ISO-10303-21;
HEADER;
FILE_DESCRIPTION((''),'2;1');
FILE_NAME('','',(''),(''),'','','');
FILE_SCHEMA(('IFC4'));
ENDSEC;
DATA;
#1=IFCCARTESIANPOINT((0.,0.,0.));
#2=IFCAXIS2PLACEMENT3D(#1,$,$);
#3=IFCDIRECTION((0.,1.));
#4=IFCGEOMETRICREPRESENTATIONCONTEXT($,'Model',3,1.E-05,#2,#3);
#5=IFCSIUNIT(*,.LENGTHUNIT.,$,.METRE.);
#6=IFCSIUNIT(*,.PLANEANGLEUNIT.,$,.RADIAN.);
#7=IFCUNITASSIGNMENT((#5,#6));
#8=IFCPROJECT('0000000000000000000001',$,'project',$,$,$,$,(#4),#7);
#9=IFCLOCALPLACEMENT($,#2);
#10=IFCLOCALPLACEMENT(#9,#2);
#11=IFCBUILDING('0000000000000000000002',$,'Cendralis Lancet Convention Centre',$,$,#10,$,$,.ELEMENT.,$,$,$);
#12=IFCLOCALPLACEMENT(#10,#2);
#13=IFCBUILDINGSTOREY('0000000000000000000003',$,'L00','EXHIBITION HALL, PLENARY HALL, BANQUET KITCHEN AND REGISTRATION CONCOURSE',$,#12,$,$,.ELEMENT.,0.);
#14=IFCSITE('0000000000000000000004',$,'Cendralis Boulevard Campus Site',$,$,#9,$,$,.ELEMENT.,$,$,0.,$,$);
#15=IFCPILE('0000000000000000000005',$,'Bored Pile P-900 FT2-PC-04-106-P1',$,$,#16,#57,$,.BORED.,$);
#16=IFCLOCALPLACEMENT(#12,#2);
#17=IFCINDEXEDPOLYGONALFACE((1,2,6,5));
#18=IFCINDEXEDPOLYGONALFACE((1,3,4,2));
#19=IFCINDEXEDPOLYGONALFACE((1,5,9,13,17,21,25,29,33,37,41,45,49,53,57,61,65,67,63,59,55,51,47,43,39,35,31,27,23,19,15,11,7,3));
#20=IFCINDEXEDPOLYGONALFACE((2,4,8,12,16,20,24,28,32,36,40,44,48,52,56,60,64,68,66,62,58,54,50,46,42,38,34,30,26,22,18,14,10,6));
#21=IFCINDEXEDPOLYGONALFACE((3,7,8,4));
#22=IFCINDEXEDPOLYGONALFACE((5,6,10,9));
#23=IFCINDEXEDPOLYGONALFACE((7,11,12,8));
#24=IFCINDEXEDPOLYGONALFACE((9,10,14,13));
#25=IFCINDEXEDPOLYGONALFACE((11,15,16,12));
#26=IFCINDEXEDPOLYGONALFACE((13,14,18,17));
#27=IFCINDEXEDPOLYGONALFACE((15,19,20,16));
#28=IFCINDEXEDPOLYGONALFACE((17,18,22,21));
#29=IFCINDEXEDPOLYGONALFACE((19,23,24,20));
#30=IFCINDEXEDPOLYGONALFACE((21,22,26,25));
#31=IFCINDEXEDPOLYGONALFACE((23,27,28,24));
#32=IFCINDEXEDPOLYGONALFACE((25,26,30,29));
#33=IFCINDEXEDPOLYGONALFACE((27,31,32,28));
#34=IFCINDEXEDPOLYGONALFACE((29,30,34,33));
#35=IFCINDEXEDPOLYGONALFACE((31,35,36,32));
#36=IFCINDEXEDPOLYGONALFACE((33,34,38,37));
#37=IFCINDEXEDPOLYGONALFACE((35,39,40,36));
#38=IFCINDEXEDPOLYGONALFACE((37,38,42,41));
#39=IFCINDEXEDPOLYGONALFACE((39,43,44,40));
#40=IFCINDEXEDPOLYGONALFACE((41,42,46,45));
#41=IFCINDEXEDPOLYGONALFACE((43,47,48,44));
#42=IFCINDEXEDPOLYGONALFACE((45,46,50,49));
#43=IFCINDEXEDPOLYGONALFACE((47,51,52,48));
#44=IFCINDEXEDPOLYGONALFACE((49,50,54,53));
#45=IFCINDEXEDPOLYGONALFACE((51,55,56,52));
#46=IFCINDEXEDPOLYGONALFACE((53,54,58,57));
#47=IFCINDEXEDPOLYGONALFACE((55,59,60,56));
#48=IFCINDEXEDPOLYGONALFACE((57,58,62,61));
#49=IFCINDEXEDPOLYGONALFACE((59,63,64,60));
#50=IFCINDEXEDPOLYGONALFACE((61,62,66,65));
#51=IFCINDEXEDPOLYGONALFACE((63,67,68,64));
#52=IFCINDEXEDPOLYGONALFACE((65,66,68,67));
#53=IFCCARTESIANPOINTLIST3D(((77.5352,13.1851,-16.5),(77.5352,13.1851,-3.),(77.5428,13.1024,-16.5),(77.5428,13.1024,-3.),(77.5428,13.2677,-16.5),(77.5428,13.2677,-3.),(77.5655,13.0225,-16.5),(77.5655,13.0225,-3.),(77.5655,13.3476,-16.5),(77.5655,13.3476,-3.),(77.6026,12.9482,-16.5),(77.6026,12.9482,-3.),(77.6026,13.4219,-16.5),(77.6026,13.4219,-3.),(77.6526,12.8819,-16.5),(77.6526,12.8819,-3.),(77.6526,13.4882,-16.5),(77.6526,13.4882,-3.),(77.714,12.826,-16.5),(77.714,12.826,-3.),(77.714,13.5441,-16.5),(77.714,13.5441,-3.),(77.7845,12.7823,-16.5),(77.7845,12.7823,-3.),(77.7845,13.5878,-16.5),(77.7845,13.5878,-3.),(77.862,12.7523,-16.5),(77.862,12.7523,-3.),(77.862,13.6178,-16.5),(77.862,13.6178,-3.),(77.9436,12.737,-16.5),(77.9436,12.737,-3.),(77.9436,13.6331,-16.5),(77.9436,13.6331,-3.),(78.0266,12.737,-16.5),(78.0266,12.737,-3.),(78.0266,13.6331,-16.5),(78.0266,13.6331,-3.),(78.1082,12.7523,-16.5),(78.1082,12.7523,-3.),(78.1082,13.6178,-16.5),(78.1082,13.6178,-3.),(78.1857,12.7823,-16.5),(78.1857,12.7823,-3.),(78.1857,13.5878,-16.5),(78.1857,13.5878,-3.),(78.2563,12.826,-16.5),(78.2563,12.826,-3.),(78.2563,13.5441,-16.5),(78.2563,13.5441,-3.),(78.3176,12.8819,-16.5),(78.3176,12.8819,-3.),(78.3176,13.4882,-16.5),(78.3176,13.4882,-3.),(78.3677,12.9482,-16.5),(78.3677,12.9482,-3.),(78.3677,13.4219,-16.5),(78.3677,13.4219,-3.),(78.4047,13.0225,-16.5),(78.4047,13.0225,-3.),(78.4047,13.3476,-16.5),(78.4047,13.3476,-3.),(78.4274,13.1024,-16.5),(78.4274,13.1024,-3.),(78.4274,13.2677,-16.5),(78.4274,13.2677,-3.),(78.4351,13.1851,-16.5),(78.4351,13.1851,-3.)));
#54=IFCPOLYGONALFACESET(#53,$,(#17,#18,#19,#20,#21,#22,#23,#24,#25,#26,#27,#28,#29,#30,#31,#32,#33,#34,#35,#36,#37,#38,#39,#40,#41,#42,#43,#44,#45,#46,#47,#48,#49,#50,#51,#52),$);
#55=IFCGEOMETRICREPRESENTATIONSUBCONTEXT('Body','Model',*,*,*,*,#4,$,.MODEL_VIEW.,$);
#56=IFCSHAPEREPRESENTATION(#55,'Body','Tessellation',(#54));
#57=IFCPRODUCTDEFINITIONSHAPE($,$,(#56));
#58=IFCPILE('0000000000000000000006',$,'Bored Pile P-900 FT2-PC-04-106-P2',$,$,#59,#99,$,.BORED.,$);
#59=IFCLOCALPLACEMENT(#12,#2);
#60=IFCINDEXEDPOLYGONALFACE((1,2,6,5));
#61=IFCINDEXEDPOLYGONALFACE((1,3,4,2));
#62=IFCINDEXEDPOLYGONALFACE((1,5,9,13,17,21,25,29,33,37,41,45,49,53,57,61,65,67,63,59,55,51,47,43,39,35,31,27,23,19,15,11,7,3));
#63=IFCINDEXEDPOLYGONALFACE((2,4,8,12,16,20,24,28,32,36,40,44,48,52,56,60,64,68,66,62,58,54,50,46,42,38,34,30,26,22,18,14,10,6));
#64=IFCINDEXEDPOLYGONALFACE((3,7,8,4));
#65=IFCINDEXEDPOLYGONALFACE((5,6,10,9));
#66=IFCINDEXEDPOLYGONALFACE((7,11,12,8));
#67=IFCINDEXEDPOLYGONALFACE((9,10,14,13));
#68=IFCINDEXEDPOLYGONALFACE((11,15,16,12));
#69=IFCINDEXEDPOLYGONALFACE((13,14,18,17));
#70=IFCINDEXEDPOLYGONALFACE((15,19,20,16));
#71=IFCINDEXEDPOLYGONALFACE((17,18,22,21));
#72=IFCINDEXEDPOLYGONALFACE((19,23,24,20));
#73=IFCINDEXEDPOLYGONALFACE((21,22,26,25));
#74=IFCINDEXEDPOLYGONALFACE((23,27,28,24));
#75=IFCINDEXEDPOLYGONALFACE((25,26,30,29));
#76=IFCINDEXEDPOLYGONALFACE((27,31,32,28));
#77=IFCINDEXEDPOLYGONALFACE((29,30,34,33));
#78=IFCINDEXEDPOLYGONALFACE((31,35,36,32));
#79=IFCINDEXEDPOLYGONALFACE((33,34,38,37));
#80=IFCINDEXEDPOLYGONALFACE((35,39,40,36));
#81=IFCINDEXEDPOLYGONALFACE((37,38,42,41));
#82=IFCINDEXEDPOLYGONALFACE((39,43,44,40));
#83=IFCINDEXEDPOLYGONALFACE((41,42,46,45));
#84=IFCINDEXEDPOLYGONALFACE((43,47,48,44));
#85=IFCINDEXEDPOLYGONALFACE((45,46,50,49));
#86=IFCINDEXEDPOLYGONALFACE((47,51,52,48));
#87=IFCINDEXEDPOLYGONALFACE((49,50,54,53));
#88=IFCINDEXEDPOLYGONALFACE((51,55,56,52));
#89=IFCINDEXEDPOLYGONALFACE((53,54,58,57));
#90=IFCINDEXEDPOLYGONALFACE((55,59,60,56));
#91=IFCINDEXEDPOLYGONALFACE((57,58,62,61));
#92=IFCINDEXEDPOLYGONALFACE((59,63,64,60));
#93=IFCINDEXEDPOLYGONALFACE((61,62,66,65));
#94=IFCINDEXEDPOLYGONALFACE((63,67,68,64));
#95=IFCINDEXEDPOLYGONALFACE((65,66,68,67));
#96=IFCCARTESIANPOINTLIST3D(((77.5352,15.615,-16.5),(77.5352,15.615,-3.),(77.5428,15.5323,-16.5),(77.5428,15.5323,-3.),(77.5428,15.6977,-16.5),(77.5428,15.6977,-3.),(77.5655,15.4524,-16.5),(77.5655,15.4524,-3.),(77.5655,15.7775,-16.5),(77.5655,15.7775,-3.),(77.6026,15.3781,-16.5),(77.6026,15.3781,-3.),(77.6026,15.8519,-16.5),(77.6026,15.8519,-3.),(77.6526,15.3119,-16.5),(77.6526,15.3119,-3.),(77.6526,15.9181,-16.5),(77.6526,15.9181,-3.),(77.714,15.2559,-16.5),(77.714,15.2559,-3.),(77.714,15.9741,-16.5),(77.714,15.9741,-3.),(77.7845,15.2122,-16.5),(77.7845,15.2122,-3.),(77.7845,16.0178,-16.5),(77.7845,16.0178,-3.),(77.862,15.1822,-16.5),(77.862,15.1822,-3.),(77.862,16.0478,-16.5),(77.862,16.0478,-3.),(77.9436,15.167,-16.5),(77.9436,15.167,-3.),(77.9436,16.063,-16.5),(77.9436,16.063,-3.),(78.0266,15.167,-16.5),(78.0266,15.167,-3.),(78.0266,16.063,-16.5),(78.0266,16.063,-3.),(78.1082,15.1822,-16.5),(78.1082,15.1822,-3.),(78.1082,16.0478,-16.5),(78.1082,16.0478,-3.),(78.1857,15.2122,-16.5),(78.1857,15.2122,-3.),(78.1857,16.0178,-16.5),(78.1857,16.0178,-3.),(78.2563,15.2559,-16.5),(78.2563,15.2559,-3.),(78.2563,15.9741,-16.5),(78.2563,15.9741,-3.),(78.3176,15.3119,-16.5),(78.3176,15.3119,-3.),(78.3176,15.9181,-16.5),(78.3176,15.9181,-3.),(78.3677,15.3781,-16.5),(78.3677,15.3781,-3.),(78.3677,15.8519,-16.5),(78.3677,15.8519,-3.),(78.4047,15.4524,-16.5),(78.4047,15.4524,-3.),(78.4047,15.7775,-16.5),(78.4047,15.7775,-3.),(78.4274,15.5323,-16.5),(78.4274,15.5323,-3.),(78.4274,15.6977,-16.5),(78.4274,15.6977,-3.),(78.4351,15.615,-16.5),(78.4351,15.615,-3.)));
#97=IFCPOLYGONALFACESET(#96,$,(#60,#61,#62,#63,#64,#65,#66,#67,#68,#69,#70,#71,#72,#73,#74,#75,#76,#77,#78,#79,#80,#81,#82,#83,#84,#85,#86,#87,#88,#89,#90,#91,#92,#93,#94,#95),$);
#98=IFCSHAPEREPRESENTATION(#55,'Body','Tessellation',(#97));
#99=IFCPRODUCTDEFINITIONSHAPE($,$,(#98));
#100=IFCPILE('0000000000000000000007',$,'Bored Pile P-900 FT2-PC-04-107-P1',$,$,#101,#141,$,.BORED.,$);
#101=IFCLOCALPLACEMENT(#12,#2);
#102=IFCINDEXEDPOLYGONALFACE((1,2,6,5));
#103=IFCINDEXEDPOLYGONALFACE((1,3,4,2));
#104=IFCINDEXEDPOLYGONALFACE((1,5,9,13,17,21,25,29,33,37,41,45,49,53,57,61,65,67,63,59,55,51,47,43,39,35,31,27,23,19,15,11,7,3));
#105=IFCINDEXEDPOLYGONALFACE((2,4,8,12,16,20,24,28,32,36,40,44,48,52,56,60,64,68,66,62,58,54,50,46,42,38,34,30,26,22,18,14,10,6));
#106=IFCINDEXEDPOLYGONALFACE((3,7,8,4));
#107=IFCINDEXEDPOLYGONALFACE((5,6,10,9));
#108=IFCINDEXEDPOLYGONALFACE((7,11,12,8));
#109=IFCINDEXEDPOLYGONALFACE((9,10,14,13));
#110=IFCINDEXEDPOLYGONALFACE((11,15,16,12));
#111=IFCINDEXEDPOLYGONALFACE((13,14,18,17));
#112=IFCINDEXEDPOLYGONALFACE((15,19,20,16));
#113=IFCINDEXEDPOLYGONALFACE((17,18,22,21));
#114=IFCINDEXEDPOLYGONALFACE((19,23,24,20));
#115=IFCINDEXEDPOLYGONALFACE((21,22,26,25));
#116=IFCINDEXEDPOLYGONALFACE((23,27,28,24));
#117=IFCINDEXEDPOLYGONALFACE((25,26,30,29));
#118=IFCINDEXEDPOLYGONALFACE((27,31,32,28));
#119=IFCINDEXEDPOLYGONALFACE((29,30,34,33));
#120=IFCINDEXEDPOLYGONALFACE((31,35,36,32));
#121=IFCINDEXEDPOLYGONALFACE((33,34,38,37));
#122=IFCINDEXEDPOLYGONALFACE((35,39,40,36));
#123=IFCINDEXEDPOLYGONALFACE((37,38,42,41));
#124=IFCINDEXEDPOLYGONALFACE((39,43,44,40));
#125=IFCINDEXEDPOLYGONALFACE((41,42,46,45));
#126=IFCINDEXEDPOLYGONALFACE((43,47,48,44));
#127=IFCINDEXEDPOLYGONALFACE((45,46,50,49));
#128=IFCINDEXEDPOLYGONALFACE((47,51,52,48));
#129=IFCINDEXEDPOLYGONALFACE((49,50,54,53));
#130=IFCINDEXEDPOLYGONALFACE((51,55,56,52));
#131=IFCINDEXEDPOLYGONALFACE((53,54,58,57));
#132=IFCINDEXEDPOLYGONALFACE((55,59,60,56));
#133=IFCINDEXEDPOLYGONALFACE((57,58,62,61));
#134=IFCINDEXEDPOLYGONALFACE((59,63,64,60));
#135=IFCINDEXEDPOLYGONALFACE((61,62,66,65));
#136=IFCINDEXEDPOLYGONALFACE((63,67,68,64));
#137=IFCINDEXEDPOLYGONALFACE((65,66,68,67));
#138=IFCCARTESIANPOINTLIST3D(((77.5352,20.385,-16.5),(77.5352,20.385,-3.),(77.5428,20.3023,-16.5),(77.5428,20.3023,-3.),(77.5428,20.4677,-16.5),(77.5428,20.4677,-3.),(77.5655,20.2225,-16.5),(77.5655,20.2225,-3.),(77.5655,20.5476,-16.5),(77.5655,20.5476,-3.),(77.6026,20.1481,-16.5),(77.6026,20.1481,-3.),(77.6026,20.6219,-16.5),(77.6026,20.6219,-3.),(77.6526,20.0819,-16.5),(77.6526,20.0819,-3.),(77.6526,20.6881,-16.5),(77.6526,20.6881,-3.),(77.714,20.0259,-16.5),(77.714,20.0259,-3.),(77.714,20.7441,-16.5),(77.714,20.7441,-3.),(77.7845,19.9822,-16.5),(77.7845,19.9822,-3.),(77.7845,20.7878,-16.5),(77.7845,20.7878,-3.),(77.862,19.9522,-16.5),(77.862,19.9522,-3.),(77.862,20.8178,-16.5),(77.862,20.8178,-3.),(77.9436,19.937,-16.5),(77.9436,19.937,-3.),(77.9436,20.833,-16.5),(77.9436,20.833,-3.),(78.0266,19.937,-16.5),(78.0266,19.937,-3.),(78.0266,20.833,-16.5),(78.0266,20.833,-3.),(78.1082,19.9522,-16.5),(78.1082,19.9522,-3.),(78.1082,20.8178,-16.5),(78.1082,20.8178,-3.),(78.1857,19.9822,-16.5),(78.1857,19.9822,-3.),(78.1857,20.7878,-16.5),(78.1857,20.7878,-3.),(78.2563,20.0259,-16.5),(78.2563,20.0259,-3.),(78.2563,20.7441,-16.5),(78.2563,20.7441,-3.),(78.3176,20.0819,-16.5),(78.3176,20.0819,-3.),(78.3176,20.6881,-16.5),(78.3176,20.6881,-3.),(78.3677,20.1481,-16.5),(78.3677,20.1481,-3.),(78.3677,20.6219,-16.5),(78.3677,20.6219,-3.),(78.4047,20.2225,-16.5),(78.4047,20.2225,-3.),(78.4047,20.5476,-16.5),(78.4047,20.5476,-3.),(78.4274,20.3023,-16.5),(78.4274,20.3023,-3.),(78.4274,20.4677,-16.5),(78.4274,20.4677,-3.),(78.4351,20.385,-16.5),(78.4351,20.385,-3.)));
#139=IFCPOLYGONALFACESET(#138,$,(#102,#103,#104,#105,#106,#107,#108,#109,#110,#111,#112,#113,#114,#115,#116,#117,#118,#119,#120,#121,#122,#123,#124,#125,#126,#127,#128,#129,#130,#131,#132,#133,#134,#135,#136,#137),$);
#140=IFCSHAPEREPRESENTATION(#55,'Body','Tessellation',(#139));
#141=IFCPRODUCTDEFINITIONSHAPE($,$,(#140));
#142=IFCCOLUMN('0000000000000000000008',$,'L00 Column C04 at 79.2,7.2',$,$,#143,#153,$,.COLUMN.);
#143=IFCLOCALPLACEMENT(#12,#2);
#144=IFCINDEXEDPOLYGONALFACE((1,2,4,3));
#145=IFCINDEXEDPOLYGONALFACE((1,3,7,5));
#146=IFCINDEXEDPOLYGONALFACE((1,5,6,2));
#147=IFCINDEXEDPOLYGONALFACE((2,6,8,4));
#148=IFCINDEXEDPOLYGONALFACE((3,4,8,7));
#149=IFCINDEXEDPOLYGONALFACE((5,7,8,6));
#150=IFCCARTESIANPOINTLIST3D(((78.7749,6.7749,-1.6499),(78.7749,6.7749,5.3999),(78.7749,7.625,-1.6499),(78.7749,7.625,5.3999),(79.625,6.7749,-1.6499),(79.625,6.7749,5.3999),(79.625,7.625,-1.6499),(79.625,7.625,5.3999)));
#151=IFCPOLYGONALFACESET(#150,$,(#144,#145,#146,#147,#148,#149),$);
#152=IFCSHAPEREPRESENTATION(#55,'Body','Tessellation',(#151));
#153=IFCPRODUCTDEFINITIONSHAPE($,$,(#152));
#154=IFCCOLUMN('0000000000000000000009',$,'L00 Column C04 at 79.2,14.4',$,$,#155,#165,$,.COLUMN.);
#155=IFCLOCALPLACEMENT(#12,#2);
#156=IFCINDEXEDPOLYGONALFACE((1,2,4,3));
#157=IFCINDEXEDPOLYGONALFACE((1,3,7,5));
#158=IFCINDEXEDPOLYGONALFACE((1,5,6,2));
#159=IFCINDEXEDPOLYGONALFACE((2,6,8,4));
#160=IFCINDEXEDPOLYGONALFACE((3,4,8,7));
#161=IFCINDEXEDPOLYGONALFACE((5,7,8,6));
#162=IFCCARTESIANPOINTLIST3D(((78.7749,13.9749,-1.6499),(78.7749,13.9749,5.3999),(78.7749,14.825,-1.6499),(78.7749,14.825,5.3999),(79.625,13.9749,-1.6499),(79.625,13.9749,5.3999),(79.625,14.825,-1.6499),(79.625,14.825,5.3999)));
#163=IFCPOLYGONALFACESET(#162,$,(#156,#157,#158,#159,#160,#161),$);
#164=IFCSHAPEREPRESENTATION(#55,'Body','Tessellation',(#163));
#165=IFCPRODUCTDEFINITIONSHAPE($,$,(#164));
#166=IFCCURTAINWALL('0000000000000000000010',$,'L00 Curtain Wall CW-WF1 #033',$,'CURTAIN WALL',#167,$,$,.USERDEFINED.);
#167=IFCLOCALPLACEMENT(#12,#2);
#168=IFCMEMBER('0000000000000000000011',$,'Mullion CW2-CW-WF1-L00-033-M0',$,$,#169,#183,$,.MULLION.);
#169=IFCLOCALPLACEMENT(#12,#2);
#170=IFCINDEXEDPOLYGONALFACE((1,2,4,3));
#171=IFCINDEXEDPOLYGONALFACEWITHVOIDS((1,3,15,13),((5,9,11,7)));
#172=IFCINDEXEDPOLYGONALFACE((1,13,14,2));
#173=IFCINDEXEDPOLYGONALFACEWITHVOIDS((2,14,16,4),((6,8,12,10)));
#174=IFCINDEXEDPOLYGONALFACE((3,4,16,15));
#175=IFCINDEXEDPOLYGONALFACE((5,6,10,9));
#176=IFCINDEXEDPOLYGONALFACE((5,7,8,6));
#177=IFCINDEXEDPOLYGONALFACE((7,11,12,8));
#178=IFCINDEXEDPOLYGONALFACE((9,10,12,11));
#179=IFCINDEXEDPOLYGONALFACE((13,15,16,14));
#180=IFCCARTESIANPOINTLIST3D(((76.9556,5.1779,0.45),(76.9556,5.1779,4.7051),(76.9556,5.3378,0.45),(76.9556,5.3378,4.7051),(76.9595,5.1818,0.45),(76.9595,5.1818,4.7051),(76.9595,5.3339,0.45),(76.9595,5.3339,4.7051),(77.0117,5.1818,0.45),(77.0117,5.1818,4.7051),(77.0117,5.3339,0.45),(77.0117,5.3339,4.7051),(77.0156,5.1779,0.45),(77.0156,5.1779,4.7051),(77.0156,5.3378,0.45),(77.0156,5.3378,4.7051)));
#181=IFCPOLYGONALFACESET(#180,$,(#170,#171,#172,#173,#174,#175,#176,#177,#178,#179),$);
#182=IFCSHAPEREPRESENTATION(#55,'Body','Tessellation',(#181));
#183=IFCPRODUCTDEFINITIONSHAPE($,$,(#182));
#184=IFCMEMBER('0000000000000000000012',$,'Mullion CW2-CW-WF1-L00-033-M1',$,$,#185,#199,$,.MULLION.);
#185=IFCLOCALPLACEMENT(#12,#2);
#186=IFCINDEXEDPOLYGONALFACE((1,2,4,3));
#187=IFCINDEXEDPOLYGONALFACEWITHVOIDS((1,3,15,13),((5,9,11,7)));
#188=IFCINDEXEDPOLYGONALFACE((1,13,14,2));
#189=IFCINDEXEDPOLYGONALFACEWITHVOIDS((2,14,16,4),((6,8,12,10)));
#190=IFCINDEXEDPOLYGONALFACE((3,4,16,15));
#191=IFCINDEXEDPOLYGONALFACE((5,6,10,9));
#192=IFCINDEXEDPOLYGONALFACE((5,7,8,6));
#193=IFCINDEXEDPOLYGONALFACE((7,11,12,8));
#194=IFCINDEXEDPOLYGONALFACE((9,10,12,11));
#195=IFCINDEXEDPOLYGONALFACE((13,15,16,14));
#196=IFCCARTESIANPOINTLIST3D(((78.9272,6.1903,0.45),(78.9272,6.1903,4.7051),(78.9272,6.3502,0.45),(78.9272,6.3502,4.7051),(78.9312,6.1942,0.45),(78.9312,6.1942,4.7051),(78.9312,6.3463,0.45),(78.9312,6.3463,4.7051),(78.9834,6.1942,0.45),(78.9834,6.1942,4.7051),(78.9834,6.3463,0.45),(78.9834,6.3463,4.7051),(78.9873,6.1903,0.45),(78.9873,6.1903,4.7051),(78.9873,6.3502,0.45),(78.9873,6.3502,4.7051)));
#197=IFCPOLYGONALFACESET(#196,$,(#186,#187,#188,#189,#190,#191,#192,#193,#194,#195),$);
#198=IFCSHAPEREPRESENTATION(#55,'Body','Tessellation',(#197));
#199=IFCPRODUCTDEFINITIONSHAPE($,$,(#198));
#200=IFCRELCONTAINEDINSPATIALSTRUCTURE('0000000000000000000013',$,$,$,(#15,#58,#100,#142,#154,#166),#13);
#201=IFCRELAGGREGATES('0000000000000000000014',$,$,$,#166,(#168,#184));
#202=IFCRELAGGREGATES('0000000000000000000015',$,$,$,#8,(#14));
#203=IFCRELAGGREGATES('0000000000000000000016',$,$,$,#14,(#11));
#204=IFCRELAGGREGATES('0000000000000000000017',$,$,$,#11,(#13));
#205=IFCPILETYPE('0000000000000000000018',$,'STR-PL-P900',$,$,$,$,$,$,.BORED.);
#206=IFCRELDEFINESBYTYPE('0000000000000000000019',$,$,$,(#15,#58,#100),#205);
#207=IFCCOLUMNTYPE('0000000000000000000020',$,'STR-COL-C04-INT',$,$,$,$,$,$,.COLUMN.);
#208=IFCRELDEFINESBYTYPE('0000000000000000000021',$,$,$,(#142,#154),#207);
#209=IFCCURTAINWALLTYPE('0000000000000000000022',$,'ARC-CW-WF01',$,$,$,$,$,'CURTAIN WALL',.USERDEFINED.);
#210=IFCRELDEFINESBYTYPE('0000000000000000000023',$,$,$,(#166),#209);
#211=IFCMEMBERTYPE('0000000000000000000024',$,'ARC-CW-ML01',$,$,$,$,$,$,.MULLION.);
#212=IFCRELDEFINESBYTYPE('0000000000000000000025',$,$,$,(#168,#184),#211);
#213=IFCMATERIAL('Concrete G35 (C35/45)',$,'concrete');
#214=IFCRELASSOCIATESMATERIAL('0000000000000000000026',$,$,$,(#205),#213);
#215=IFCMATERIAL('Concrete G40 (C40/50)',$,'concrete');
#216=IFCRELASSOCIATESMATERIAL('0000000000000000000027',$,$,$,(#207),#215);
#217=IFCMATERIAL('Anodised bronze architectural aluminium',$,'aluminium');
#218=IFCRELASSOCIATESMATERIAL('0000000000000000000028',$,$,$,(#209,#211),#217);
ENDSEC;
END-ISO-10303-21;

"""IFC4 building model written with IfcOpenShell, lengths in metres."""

from ifc_helpers import new_model, si_unit, direction, frame, origin, origin_2d, place, context, subcontext, project, spatial, rectangle, hollow_rectangle, circle, extrude, material, material_profile, profile_set, type_object, element, aggregate, save


model = new_model("IFC4")

# Units and contexts
model_context = context("Model", 3, precision=1e-05, world=origin(), true_north=direction((0.0, 1.0)))
body_context = subcontext(model_context, "Body", "Model", "MODEL_VIEW")
ifc_project = project(units=[si_unit("LENGTHUNIT", "METRE"), si_unit("PLANEANGLEUNIT", "RADIAN")], contexts=[model_context])

# Site, building, storey
site_placement = place(None, origin())
site = spatial("IfcSite", under=ifc_project, at=site_placement, Name="Cendralis Boulevard Campus Site", CompositionType="ELEMENT", RefElevation=0.0)
building_placement = place(site_placement, origin())
building = spatial("IfcBuilding", under=site, at=building_placement, Name="Cendralis Lancet Convention Centre", CompositionType="ELEMENT")
storey_placement = place(building_placement, origin())
storey = spatial("IfcBuildingStorey", under=building, at=storey_placement, Name="L00", Description="EXHIBITION HALL, PLENARY HALL, BANQUET KITCHEN AND REGISTRATION CONCOURSE", CompositionType="ELEMENT", Elevation=0.0)

# Shared definitions
ifc_material_1 = material(Name="Concrete G35 (C35/45)", Category="concrete")

# Piles
ifc_material_profile_1 = material_profile(ifc_material_1, circle(Radius=0.45, at=origin_2d()), Name="BORED PILE D900")
ifc_profile_set_1 = profile_set([ifc_material_profile_1], Name="Concrete G35 (C35/45)")
pile_type = type_object("IfcPileType", Name="STR-PL-P900", PredefinedType="BORED", material=ifc_profile_set_1)
for number, where, z_axis, x_axis, name in (
    (1, (77.9851, 13.1851, -3.0), (0.0, 0.0, -1.0), (1.0, 0.0, 0.0), "Bored Pile P-900 FT2-PC-04-106-P1"),
    (2, (77.9851, 15.615, -3.0), (0.0, 0.0, -1.0), (1.0, 0.0, 0.0), "Bored Pile P-900 FT2-PC-04-106-P2"),
    (3, (77.9851, 20.385, -3.0), (0.0, 0.0, -1.0), (1.0, 0.0, 0.0), "Bored Pile P-900 FT2-PC-04-107-P1"),
):
    element("IfcPile", number, at=place(storey_placement, frame(where, z_axis=z_axis, x_axis=x_axis)), inside=storey, type_object=pile_type, Name=name, PredefinedType="BORED", context=body_context, shape_type="SweptSolid", body=[
        extrude(circle(Radius=0.45, at=origin_2d()), origin(), (0.0, 0.0, 1.0), 13.5),
    ])

# Columns
ifc_material_2 = material(Name="Concrete G40 (C40/50)", Category="concrete")
ifc_material_profile_2 = material_profile(ifc_material_2, rectangle(XDim=0.8501, YDim=0.8501, at=origin_2d()), Name="RC 850x850")
ifc_profile_set_2 = profile_set([ifc_material_profile_2], Name="Concrete G40 (C40/50)")
column_type = type_object("IfcColumnType", Name="STR-COL-C04-INT", PredefinedType="COLUMN", material=ifc_profile_set_2)
for number, where, z_axis, x_axis, name in (
    (4, (79.2, 7.2, -1.6499), (0.0, 0.0, 1.0), (1.0, 0.0, 0.0), "L00 Column C04 at 79.2,7.2"),
    (5, (79.2, 14.3999, -1.6499), (0.0, 0.0, 1.0), (1.0, 0.0, 0.0), "L00 Column C04 at 79.2,14.4"),
):
    element("IfcColumn", number, at=place(storey_placement, frame(where, z_axis=z_axis, x_axis=x_axis)), inside=storey, type_object=column_type, Name=name, PredefinedType="COLUMN", context=body_context, shape_type="SweptSolid", body=[
        extrude(rectangle(XDim=0.8501, YDim=0.8501, at=origin_2d()), origin(), (0.0, 0.0, 1.0), 7.0498),
    ])

# Curtain wall, members
ifc_material_3 = material(Name="Anodised bronze architectural aluminium", Category="aluminium")
curtain_wall_type = type_object("IfcCurtainWallType", Name="ARC-CW-WF01", ElementType="CURTAIN WALL", PredefinedType="USERDEFINED", material=ifc_material_3)
curtain_wall_1_placement = place(storey_placement, origin())
curtain_wall_1 = element("IfcCurtainWall", 6, at=curtain_wall_1_placement, inside=storey, type_object=curtain_wall_type, Name="L00 Curtain Wall CW-WF1 #033", ObjectType="CURTAIN WALL", PredefinedType="USERDEFINED")
ifc_material_profile_3 = material_profile(ifc_material_3, hollow_rectangle(XDim=0.0601, YDim=0.1599, WallThickness=0.0039, at=origin_2d()), Name="AL-MULL 60x160x4.0")
ifc_profile_set_3 = profile_set([ifc_material_profile_3], Name="Anodised bronze architectural aluminium")
member_type_1 = type_object("IfcMemberType", Name="ARC-CW-ML01", PredefinedType="MULLION", material=ifc_profile_set_3)
member_1_placement = place(storey_placement, frame((76.9856, 5.2578, 0.45), z_axis=(0.0, 0.0, 1.0), x_axis=(1.0, 0.0, 0.0)))
member_1 = element("IfcMember", 7, at=member_1_placement, type_object=member_type_1, Name="Mullion CW2-CW-WF1-L00-033-M0", PredefinedType="MULLION", context=body_context, shape_type="SweptSolid", body=[
    extrude(hollow_rectangle(XDim=0.0601, YDim=0.1599, WallThickness=0.0039, at=origin_2d()), origin(), (0.0, 0.0, 1.0), 4.2551),
])
member_2_placement = place(storey_placement, frame((78.9573, 6.2703, 0.45), z_axis=(0.0, 0.0, 1.0), x_axis=(1.0, 0.0, 0.0)))
member_2 = element("IfcMember", 8, at=member_2_placement, type_object=member_type_1, Name="Mullion CW2-CW-WF1-L00-033-M1", PredefinedType="MULLION", context=body_context, shape_type="SweptSolid", body=[
    extrude(hollow_rectangle(XDim=0.0601, YDim=0.1599, WallThickness=0.0039, at=origin_2d()), origin(), (0.0, 0.0, 1.0), 4.2551),
])

aggregate(curtain_wall_1, [member_1, member_2])

save(model, "model.ifc")
